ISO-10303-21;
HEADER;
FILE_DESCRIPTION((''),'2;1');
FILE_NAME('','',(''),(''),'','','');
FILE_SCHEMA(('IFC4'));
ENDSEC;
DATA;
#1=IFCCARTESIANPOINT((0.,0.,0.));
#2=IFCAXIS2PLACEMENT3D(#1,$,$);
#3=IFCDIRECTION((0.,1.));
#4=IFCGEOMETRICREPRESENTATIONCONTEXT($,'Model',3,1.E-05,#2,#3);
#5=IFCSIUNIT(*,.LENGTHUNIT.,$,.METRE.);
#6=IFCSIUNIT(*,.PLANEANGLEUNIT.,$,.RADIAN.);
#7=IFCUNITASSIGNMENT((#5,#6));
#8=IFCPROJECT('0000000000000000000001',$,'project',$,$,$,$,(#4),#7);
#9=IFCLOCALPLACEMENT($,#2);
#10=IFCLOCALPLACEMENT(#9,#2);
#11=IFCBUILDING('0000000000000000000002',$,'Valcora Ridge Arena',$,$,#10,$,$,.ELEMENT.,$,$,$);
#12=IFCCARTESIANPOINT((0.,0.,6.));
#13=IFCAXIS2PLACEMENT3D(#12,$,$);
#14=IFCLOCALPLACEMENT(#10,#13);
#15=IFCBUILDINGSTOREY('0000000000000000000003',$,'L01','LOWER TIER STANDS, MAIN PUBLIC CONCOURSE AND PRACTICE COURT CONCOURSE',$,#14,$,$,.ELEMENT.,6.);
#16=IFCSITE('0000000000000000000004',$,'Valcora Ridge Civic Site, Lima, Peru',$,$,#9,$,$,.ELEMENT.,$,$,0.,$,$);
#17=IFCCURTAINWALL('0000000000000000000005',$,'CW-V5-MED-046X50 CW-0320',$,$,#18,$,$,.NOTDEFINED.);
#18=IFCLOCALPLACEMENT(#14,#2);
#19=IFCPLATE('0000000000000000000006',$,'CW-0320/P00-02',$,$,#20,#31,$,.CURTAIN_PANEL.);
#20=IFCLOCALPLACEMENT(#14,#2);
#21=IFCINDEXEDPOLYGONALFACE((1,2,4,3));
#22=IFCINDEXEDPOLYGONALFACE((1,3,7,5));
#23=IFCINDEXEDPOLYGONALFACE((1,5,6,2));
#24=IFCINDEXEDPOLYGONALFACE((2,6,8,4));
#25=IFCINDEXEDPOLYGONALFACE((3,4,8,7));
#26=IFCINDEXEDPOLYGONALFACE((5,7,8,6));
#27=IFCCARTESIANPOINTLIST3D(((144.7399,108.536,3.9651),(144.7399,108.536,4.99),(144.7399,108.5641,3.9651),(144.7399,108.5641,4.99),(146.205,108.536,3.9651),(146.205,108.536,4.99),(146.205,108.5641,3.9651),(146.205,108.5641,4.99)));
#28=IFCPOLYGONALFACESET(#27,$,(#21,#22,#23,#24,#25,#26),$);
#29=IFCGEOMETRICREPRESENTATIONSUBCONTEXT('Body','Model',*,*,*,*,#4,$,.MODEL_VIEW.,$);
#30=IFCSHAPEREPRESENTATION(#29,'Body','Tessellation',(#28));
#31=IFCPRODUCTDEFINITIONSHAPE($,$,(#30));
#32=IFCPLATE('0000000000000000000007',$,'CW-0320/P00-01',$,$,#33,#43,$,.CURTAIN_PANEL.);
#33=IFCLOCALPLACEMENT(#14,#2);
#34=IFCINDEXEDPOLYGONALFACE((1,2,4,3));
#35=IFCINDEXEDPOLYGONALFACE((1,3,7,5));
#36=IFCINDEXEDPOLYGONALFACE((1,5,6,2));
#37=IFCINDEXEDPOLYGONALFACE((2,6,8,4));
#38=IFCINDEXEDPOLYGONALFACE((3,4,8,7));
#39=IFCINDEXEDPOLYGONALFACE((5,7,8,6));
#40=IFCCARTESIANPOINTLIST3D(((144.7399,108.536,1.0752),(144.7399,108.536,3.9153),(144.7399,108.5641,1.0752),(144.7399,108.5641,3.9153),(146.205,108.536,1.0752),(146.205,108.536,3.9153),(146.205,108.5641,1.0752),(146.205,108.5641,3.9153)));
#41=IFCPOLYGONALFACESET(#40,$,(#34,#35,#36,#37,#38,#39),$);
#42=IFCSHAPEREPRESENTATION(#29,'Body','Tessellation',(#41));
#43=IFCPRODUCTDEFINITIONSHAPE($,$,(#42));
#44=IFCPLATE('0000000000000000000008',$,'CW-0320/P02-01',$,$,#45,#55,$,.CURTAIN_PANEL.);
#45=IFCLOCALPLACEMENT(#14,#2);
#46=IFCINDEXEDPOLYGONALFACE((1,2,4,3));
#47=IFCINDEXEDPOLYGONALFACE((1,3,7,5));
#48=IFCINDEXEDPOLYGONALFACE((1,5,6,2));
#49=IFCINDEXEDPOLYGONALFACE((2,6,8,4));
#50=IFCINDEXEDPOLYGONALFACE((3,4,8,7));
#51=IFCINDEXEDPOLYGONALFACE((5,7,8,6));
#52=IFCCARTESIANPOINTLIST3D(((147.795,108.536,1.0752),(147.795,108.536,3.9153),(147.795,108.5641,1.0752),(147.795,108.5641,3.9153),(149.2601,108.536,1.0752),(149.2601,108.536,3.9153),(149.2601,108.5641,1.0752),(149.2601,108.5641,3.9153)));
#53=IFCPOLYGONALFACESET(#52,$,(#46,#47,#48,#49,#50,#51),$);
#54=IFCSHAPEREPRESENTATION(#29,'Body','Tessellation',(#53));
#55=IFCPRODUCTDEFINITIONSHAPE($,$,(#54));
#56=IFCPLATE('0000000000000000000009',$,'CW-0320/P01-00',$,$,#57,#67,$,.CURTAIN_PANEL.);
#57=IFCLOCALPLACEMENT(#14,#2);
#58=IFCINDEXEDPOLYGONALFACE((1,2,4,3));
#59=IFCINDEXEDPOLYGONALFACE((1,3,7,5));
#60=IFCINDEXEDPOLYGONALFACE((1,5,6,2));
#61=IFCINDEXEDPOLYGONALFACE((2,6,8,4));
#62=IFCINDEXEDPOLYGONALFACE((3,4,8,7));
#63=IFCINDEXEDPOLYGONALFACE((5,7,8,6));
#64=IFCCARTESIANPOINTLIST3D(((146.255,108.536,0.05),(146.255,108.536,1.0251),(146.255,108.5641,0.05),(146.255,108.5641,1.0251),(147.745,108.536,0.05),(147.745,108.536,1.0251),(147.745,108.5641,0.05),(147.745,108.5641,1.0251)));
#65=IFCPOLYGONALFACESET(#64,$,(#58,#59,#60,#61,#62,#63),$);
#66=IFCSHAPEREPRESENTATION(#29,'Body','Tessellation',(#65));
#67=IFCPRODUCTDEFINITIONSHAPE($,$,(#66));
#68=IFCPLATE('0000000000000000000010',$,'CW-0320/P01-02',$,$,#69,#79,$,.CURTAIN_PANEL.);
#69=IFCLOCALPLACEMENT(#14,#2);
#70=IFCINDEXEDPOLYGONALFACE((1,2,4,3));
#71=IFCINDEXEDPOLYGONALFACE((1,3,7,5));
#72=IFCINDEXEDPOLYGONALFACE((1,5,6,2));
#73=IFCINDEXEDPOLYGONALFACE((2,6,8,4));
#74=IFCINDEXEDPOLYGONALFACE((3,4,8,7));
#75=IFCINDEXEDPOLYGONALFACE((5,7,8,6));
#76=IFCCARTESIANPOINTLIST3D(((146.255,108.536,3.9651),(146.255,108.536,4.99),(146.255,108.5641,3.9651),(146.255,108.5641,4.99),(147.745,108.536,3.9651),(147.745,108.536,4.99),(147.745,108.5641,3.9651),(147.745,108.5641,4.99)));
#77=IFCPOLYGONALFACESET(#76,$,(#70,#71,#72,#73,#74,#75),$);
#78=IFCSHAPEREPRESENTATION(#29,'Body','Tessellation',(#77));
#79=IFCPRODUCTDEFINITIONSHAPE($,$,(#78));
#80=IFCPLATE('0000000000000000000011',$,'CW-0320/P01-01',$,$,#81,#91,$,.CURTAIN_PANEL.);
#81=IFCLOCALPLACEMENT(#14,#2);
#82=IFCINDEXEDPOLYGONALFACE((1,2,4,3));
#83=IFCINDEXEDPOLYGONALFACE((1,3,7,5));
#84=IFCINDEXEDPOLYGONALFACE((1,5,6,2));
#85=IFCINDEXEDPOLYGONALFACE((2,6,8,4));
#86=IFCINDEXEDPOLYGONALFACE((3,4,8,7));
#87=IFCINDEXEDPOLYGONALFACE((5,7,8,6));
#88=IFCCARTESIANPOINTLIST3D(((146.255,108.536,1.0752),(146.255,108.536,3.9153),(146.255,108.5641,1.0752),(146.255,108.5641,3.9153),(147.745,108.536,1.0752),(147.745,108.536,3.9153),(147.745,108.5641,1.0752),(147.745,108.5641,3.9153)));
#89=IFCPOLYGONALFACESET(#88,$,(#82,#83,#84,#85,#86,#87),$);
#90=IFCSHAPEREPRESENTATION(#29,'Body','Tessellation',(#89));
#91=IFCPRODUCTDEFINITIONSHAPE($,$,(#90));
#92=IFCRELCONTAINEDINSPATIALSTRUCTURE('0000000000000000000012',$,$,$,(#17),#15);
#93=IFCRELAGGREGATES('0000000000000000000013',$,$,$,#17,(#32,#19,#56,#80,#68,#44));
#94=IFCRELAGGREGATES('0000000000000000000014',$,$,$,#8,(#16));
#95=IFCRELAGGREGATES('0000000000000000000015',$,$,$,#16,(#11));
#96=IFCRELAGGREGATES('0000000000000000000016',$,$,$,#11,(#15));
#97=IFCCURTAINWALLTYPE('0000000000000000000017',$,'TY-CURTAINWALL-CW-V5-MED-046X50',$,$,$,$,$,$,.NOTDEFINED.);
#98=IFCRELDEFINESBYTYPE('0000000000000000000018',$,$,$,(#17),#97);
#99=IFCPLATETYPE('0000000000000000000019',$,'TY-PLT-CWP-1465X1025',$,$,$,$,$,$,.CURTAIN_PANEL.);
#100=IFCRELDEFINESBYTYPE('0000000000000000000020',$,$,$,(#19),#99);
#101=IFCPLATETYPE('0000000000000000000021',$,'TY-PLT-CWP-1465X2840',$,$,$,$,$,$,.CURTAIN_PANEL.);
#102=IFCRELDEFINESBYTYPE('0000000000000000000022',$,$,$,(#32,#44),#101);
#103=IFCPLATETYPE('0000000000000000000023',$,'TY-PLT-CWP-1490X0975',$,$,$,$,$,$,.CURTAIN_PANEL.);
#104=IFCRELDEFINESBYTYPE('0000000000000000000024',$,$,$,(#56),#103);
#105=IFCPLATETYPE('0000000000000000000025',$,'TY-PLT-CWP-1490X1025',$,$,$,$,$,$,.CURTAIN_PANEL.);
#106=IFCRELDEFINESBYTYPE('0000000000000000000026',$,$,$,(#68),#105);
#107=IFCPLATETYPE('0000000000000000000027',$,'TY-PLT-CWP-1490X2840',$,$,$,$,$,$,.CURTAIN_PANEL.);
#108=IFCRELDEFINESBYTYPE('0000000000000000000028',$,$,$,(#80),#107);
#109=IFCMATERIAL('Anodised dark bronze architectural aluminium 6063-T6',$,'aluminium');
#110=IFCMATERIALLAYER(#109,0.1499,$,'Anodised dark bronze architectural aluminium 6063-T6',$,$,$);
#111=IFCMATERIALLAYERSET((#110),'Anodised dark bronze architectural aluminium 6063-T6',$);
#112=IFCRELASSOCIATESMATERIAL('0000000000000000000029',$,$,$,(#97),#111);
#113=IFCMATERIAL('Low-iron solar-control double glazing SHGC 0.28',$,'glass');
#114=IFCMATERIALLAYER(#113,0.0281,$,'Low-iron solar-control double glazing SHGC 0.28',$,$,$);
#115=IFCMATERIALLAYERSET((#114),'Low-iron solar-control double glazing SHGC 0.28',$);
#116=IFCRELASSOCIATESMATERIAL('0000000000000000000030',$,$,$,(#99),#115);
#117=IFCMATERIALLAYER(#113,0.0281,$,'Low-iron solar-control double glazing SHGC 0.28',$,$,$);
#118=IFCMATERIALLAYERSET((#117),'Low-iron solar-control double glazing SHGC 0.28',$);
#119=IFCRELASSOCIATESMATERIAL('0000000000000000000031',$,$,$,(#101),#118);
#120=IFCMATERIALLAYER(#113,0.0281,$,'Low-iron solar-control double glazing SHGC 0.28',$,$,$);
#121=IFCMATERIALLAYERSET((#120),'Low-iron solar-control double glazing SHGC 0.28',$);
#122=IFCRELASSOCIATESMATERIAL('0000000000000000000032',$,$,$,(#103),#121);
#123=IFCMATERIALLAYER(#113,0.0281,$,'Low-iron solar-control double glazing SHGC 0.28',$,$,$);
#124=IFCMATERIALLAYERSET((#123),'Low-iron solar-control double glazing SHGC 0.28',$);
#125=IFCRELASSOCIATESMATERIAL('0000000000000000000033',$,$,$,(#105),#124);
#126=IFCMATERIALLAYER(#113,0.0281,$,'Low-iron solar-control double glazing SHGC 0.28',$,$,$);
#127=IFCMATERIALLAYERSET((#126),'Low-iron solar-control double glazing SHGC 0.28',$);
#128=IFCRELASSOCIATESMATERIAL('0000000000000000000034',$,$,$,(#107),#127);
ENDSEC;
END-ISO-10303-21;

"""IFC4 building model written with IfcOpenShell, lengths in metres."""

from ifc_helpers import new_model, si_unit, direction, frame, origin, origin_2d, place, context, subcontext, project, spatial, rectangle, extrude, material, layer, layer_set, type_object, element, aggregate, save


model = new_model("IFC4")

# Units and contexts
model_context = context("Model", 3, precision=1e-05, world=origin(), true_north=direction((0.0, 1.0)))
body_context = subcontext(model_context, "Body", "Model", "MODEL_VIEW")
ifc_project = project(units=[si_unit("LENGTHUNIT", "METRE"), si_unit("PLANEANGLEUNIT", "RADIAN")], contexts=[model_context])

# Site, building, storey
site_placement = place(None, origin())
site = spatial("IfcSite", under=ifc_project, at=site_placement, Name="Valcora Ridge Civic Site, Lima, Peru", CompositionType="ELEMENT", RefElevation=0.0)
building_placement = place(site_placement, origin())
building = spatial("IfcBuilding", under=site, at=building_placement, Name="Valcora Ridge Arena", CompositionType="ELEMENT")
storey_placement = place(building_placement, frame((0.0, 0.0, 6.0)))
storey = spatial("IfcBuildingStorey", under=building, at=storey_placement, Name="L01", Description="LOWER TIER STANDS, MAIN PUBLIC CONCOURSE AND PRACTICE COURT CONCOURSE", CompositionType="ELEMENT", Elevation=6.0)

# Curtain wall, plates
ifc_material_1 = material(Name="Anodised dark bronze architectural aluminium 6063-T6", Category="aluminium")
ifc_layer_1 = layer(ifc_material_1, 0.1499, Name="Anodised dark bronze architectural aluminium 6063-T6")
ifc_layer_set_1 = layer_set([ifc_layer_1], Name="Anodised dark bronze architectural aluminium 6063-T6")
curtain_wall_type = type_object("IfcCurtainWallType", Name="TY-CURTAINWALL-CW-V5-MED-046X50", PredefinedType="NOTDEFINED", material=ifc_layer_set_1)
curtain_wall_placement = place(storey_placement, origin())
curtain_wall = element("IfcCurtainWall", 1, at=curtain_wall_placement, inside=storey, type_object=curtain_wall_type, Name="CW-V5-MED-046X50 CW-0320", PredefinedType="NOTDEFINED")
ifc_material_2 = material(Name="Low-iron solar-control double glazing SHGC 0.28", Category="glass")
ifc_layer_2 = layer(ifc_material_2, 0.0281, Name="Low-iron solar-control double glazing SHGC 0.28")
ifc_layer_set_2 = layer_set([ifc_layer_2], Name="Low-iron solar-control double glazing SHGC 0.28")
plate_type_1 = type_object("IfcPlateType", Name="TY-PLT-CWP-1465X1025", PredefinedType="CURTAIN_PANEL", material=ifc_layer_set_2)
plate_1_placement = place(storey_placement, frame((145.4724, 108.55, 3.9651), z_axis=(0.0, 0.0, 1.0), x_axis=(1.0, 0.0, 0.0)))
plate_1 = element("IfcPlate", 2, at=plate_1_placement, type_object=plate_type_1, Name="CW-0320/P00-02", PredefinedType="CURTAIN_PANEL", context=body_context, shape_type="SweptSolid", body=[
    extrude(rectangle(XDim=1.4651, YDim=0.0281, at=origin_2d()), origin(), (0.0, 0.0, 1.0), 1.0249),
])
ifc_layer_3 = layer(ifc_material_2, 0.0281, Name="Low-iron solar-control double glazing SHGC 0.28")
ifc_layer_set_3 = layer_set([ifc_layer_3], Name="Low-iron solar-control double glazing SHGC 0.28")
plate_type_2 = type_object("IfcPlateType", Name="TY-PLT-CWP-1465X2840", PredefinedType="CURTAIN_PANEL", material=ifc_layer_set_3)
plate_2_placement = place(storey_placement, frame((145.4724, 108.55, 1.0752), z_axis=(0.0, 0.0, 1.0), x_axis=(1.0, 0.0, 0.0)))
plate_2 = element("IfcPlate", 3, at=plate_2_placement, type_object=plate_type_2, Name="CW-0320/P00-01", PredefinedType="CURTAIN_PANEL", context=body_context, shape_type="SweptSolid", body=[
    extrude(rectangle(XDim=1.4651, YDim=0.0281, at=origin_2d()), origin(), (0.0, 0.0, 1.0), 2.8401),
])
plate_3_placement = place(storey_placement, frame((148.5276, 108.55, 1.0752), z_axis=(0.0, 0.0, 1.0), x_axis=(1.0, 0.0, 0.0)))
plate_3 = element("IfcPlate", 4, at=plate_3_placement, type_object=plate_type_2, Name="CW-0320/P02-01", PredefinedType="CURTAIN_PANEL", context=body_context, shape_type="SweptSolid", body=[
    extrude(rectangle(XDim=1.4651, YDim=0.0281, at=origin_2d()), origin(), (0.0, 0.0, 1.0), 2.8401),
])
ifc_layer_4 = layer(ifc_material_2, 0.0281, Name="Low-iron solar-control double glazing SHGC 0.28")
ifc_layer_set_4 = layer_set([ifc_layer_4], Name="Low-iron solar-control double glazing SHGC 0.28")
plate_type_3 = type_object("IfcPlateType", Name="TY-PLT-CWP-1490X0975", PredefinedType="CURTAIN_PANEL", material=ifc_layer_set_4)
plate_4_placement = place(storey_placement, frame((147.0, 108.55, 0.05), z_axis=(0.0, 0.0, 1.0), x_axis=(1.0, 0.0, 0.0)))
plate_4 = element("IfcPlate", 5, at=plate_4_placement, type_object=plate_type_3, Name="CW-0320/P01-00", PredefinedType="CURTAIN_PANEL", context=body_context, shape_type="SweptSolid", body=[
    extrude(rectangle(XDim=1.49, YDim=0.0281, at=origin_2d()), origin(), (0.0, 0.0, 1.0), 0.9751),
])
ifc_layer_5 = layer(ifc_material_2, 0.0281, Name="Low-iron solar-control double glazing SHGC 0.28")
ifc_layer_set_5 = layer_set([ifc_layer_5], Name="Low-iron solar-control double glazing SHGC 0.28")
plate_type_4 = type_object("IfcPlateType", Name="TY-PLT-CWP-1490X1025", PredefinedType="CURTAIN_PANEL", material=ifc_layer_set_5)
plate_5_placement = place(storey_placement, frame((147.0, 108.55, 3.9651), z_axis=(0.0, 0.0, 1.0), x_axis=(1.0, 0.0, 0.0)))
plate_5 = element("IfcPlate", 6, at=plate_5_placement, type_object=plate_type_4, Name="CW-0320/P01-02", PredefinedType="CURTAIN_PANEL", context=body_context, shape_type="SweptSolid", body=[
    extrude(rectangle(XDim=1.49, YDim=0.0281, at=origin_2d()), origin(), (0.0, 0.0, 1.0), 1.0249),
])
ifc_layer_6 = layer(ifc_material_2, 0.0281, Name="Low-iron solar-control double glazing SHGC 0.28")
ifc_layer_set_6 = layer_set([ifc_layer_6], Name="Low-iron solar-control double glazing SHGC 0.28")
plate_type_5 = type_object("IfcPlateType", Name="TY-PLT-CWP-1490X2840", PredefinedType="CURTAIN_PANEL", material=ifc_layer_set_6)
plate_6_placement = place(storey_placement, frame((147.0, 108.55, 1.0752), z_axis=(0.0, 0.0, 1.0), x_axis=(1.0, 0.0, 0.0)))
plate_6 = element("IfcPlate", 7, at=plate_6_placement, type_object=plate_type_5, Name="CW-0320/P01-01", PredefinedType="CURTAIN_PANEL", context=body_context, shape_type="SweptSolid", body=[
    extrude(rectangle(XDim=1.49, YDim=0.0281, at=origin_2d()), origin(), (0.0, 0.0, 1.0), 2.8401),
])
aggregate(curtain_wall, [plate_2, plate_1, plate_4, plate_6, plate_5, plate_3])

save(model, "model.ifc")
